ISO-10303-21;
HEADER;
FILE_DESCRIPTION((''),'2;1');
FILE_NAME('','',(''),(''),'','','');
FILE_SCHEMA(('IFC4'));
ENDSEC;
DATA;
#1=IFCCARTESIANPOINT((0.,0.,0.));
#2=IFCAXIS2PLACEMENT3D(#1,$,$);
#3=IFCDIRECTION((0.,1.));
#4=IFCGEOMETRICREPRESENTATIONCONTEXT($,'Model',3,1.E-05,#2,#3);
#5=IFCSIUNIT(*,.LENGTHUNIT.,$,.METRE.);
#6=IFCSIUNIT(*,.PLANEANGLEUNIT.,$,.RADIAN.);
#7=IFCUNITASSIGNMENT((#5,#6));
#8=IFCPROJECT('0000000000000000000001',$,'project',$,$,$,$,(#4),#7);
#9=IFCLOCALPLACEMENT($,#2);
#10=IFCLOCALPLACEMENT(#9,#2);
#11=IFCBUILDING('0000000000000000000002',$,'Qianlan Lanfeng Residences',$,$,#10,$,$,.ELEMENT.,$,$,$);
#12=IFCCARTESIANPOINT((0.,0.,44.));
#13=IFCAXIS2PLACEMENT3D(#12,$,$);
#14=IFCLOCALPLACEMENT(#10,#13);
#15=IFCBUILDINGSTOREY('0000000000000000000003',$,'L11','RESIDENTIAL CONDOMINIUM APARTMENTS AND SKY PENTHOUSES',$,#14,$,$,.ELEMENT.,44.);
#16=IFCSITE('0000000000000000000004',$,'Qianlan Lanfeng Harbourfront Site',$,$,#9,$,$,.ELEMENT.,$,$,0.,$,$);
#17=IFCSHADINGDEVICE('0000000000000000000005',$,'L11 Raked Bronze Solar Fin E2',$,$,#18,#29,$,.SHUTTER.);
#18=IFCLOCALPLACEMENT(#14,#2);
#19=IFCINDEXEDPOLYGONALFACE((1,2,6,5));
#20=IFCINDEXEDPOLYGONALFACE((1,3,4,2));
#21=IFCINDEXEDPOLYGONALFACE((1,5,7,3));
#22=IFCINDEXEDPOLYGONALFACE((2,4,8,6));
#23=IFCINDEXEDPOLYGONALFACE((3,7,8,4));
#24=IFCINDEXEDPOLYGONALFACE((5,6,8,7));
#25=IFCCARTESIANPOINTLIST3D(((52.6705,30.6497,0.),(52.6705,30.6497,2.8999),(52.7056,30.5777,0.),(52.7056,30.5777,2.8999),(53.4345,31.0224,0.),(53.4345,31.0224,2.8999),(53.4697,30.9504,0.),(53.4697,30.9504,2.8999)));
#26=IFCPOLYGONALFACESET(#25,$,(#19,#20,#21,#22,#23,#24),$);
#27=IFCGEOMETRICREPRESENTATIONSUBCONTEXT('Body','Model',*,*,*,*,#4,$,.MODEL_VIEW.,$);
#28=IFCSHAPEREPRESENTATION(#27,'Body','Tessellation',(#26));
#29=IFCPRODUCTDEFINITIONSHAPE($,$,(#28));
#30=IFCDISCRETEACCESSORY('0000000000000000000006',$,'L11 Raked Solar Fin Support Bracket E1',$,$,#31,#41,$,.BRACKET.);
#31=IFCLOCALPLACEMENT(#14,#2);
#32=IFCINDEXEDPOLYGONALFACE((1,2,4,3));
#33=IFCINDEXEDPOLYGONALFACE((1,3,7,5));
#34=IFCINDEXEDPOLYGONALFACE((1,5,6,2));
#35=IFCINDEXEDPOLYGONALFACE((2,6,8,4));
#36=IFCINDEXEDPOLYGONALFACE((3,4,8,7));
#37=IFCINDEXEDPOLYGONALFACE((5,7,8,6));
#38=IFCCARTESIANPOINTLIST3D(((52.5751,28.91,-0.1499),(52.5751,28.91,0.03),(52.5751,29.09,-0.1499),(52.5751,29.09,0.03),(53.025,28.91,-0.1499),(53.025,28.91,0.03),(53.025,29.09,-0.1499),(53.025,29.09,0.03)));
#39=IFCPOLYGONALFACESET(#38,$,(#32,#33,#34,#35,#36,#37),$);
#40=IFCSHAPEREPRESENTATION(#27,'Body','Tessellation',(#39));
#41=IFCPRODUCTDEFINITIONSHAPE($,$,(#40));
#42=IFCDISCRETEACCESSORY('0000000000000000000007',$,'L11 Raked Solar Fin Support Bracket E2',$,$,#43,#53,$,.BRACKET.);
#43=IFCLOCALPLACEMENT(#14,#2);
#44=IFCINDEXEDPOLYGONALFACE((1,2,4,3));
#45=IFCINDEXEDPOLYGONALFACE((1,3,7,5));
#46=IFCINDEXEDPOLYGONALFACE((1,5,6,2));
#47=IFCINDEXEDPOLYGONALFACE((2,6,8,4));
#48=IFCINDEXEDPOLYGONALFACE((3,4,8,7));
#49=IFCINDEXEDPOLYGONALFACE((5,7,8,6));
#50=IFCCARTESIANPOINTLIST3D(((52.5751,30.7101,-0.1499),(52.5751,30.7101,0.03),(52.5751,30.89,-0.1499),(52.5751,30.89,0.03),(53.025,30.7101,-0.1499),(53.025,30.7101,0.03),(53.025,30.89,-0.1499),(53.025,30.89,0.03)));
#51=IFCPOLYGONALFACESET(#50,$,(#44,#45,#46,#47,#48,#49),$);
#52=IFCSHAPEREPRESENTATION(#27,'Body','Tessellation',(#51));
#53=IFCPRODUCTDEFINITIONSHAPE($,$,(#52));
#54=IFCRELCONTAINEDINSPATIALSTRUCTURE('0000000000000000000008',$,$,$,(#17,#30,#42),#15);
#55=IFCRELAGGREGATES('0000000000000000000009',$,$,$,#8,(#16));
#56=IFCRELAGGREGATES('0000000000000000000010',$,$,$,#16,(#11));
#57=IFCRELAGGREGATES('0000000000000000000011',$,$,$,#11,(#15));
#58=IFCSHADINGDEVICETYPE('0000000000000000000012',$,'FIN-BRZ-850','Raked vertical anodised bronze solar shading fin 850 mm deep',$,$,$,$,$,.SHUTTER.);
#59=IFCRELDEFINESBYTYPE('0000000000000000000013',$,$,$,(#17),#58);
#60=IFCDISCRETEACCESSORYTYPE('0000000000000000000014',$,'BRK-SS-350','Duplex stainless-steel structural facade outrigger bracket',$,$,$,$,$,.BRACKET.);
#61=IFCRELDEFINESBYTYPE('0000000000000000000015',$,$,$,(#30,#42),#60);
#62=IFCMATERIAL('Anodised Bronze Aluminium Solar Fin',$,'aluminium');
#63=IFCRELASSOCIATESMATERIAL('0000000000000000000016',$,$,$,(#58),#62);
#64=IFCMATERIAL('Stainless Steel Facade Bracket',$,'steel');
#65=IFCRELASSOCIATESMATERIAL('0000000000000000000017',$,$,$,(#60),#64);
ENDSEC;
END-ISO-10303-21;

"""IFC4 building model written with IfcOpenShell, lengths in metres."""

from ifc_helpers import new_model, si_unit, direction, frame, origin, origin_2d, place, context, subcontext, project, spatial, rectangle, extrude, source, transform, mapped, material, type_object, element, save


model = new_model("IFC4")

# Units and contexts
model_context = context("Model", 3, precision=1e-05, world=origin(), true_north=direction((0.0, 1.0)))
body_context = subcontext(model_context, "Body", "Model", "MODEL_VIEW")
ifc_project = project(units=[si_unit("LENGTHUNIT", "METRE"), si_unit("PLANEANGLEUNIT", "RADIAN")], contexts=[model_context])

# Site, building, storey
site_placement = place(None, origin())
site = spatial("IfcSite", under=ifc_project, at=site_placement, Name="Qianlan Lanfeng Harbourfront Site", CompositionType="ELEMENT", RefElevation=0.0)
building_placement = place(site_placement, origin())
building = spatial("IfcBuilding", under=site, at=building_placement, Name="Qianlan Lanfeng Residences", CompositionType="ELEMENT")
storey_placement = place(building_placement, frame((0.0, 0.0, 44.0)))
storey = spatial("IfcBuildingStorey", under=building, at=storey_placement, Name="L11", Description="RESIDENTIAL CONDOMINIUM APARTMENTS AND SKY PENTHOUSES", CompositionType="ELEMENT", Elevation=44.0)

# Shading device
ifc_material_1 = material(Name="Anodised Bronze Aluminium Solar Fin", Category="aluminium")
shading_device_type = type_object("IfcShadingDeviceType", Name="FIN-BRZ-850", Description="Raked vertical anodised bronze solar shading fin 850 mm deep", PredefinedType="SHUTTER", material=ifc_material_1)
shared_shape_1 = source(origin(), body_context, "Body", "SweptSolid", [
    extrude(rectangle(XDim=0.8501, YDim=0.0801, at=origin_2d()), origin(), (0.0, 0.0, 1.0), 2.8999),
])
for number, where, z_axis, x_axis, name in (
    (1, (53.0701, 30.8, 0.0), (0.0, 0.0, 1.0), (0.898794, 0.438371, 0.0), "L11 Raked Bronze Solar Fin E2"),
):
    element("IfcShadingDevice", number, at=place(storey_placement, frame(where, z_axis=z_axis, x_axis=x_axis)), inside=storey, type_object=shading_device_type, Name=name, PredefinedType="SHUTTER", context=body_context, shape_type="MappedRepresentation", body=[
        mapped(shared_shape_1, transform((0.0, 0.0, 0.0), scale=1.0)),
    ])

# Discrete accessories
ifc_material_2 = material(Name="Stainless Steel Facade Bracket", Category="steel")
discrete_accessory_type = type_object("IfcDiscreteAccessoryType", Name="BRK-SS-350", Description="Duplex stainless-steel structural facade outrigger bracket", PredefinedType="BRACKET", material=ifc_material_2)
shared_shape_2 = source(origin(), body_context, "Body", "SweptSolid", [
    extrude(rectangle(XDim=0.45, YDim=0.1799, at=origin_2d()), origin(), (0.0, 0.0, 1.0), 0.1799),
])
for number, where, z_axis, x_axis, name in (
    (2, (52.8, 29.0, -0.1499), (0.0, 0.0, 1.0), (1.0, 0.0, 0.0), "L11 Raked Solar Fin Support Bracket E1"),
    (3, (52.8, 30.8, -0.1499), (0.0, 0.0, 1.0), (1.0, 0.0, 0.0), "L11 Raked Solar Fin Support Bracket E2"),
):
    element("IfcDiscreteAccessory", number, at=place(storey_placement, frame(where, z_axis=z_axis, x_axis=x_axis)), inside=storey, type_object=discrete_accessory_type, Name=name, PredefinedType="BRACKET", context=body_context, shape_type="MappedRepresentation", body=[
        mapped(shared_shape_2, transform((0.0, 0.0, 0.0), scale=1.0)),
    ])

save(model, "model.ifc")
